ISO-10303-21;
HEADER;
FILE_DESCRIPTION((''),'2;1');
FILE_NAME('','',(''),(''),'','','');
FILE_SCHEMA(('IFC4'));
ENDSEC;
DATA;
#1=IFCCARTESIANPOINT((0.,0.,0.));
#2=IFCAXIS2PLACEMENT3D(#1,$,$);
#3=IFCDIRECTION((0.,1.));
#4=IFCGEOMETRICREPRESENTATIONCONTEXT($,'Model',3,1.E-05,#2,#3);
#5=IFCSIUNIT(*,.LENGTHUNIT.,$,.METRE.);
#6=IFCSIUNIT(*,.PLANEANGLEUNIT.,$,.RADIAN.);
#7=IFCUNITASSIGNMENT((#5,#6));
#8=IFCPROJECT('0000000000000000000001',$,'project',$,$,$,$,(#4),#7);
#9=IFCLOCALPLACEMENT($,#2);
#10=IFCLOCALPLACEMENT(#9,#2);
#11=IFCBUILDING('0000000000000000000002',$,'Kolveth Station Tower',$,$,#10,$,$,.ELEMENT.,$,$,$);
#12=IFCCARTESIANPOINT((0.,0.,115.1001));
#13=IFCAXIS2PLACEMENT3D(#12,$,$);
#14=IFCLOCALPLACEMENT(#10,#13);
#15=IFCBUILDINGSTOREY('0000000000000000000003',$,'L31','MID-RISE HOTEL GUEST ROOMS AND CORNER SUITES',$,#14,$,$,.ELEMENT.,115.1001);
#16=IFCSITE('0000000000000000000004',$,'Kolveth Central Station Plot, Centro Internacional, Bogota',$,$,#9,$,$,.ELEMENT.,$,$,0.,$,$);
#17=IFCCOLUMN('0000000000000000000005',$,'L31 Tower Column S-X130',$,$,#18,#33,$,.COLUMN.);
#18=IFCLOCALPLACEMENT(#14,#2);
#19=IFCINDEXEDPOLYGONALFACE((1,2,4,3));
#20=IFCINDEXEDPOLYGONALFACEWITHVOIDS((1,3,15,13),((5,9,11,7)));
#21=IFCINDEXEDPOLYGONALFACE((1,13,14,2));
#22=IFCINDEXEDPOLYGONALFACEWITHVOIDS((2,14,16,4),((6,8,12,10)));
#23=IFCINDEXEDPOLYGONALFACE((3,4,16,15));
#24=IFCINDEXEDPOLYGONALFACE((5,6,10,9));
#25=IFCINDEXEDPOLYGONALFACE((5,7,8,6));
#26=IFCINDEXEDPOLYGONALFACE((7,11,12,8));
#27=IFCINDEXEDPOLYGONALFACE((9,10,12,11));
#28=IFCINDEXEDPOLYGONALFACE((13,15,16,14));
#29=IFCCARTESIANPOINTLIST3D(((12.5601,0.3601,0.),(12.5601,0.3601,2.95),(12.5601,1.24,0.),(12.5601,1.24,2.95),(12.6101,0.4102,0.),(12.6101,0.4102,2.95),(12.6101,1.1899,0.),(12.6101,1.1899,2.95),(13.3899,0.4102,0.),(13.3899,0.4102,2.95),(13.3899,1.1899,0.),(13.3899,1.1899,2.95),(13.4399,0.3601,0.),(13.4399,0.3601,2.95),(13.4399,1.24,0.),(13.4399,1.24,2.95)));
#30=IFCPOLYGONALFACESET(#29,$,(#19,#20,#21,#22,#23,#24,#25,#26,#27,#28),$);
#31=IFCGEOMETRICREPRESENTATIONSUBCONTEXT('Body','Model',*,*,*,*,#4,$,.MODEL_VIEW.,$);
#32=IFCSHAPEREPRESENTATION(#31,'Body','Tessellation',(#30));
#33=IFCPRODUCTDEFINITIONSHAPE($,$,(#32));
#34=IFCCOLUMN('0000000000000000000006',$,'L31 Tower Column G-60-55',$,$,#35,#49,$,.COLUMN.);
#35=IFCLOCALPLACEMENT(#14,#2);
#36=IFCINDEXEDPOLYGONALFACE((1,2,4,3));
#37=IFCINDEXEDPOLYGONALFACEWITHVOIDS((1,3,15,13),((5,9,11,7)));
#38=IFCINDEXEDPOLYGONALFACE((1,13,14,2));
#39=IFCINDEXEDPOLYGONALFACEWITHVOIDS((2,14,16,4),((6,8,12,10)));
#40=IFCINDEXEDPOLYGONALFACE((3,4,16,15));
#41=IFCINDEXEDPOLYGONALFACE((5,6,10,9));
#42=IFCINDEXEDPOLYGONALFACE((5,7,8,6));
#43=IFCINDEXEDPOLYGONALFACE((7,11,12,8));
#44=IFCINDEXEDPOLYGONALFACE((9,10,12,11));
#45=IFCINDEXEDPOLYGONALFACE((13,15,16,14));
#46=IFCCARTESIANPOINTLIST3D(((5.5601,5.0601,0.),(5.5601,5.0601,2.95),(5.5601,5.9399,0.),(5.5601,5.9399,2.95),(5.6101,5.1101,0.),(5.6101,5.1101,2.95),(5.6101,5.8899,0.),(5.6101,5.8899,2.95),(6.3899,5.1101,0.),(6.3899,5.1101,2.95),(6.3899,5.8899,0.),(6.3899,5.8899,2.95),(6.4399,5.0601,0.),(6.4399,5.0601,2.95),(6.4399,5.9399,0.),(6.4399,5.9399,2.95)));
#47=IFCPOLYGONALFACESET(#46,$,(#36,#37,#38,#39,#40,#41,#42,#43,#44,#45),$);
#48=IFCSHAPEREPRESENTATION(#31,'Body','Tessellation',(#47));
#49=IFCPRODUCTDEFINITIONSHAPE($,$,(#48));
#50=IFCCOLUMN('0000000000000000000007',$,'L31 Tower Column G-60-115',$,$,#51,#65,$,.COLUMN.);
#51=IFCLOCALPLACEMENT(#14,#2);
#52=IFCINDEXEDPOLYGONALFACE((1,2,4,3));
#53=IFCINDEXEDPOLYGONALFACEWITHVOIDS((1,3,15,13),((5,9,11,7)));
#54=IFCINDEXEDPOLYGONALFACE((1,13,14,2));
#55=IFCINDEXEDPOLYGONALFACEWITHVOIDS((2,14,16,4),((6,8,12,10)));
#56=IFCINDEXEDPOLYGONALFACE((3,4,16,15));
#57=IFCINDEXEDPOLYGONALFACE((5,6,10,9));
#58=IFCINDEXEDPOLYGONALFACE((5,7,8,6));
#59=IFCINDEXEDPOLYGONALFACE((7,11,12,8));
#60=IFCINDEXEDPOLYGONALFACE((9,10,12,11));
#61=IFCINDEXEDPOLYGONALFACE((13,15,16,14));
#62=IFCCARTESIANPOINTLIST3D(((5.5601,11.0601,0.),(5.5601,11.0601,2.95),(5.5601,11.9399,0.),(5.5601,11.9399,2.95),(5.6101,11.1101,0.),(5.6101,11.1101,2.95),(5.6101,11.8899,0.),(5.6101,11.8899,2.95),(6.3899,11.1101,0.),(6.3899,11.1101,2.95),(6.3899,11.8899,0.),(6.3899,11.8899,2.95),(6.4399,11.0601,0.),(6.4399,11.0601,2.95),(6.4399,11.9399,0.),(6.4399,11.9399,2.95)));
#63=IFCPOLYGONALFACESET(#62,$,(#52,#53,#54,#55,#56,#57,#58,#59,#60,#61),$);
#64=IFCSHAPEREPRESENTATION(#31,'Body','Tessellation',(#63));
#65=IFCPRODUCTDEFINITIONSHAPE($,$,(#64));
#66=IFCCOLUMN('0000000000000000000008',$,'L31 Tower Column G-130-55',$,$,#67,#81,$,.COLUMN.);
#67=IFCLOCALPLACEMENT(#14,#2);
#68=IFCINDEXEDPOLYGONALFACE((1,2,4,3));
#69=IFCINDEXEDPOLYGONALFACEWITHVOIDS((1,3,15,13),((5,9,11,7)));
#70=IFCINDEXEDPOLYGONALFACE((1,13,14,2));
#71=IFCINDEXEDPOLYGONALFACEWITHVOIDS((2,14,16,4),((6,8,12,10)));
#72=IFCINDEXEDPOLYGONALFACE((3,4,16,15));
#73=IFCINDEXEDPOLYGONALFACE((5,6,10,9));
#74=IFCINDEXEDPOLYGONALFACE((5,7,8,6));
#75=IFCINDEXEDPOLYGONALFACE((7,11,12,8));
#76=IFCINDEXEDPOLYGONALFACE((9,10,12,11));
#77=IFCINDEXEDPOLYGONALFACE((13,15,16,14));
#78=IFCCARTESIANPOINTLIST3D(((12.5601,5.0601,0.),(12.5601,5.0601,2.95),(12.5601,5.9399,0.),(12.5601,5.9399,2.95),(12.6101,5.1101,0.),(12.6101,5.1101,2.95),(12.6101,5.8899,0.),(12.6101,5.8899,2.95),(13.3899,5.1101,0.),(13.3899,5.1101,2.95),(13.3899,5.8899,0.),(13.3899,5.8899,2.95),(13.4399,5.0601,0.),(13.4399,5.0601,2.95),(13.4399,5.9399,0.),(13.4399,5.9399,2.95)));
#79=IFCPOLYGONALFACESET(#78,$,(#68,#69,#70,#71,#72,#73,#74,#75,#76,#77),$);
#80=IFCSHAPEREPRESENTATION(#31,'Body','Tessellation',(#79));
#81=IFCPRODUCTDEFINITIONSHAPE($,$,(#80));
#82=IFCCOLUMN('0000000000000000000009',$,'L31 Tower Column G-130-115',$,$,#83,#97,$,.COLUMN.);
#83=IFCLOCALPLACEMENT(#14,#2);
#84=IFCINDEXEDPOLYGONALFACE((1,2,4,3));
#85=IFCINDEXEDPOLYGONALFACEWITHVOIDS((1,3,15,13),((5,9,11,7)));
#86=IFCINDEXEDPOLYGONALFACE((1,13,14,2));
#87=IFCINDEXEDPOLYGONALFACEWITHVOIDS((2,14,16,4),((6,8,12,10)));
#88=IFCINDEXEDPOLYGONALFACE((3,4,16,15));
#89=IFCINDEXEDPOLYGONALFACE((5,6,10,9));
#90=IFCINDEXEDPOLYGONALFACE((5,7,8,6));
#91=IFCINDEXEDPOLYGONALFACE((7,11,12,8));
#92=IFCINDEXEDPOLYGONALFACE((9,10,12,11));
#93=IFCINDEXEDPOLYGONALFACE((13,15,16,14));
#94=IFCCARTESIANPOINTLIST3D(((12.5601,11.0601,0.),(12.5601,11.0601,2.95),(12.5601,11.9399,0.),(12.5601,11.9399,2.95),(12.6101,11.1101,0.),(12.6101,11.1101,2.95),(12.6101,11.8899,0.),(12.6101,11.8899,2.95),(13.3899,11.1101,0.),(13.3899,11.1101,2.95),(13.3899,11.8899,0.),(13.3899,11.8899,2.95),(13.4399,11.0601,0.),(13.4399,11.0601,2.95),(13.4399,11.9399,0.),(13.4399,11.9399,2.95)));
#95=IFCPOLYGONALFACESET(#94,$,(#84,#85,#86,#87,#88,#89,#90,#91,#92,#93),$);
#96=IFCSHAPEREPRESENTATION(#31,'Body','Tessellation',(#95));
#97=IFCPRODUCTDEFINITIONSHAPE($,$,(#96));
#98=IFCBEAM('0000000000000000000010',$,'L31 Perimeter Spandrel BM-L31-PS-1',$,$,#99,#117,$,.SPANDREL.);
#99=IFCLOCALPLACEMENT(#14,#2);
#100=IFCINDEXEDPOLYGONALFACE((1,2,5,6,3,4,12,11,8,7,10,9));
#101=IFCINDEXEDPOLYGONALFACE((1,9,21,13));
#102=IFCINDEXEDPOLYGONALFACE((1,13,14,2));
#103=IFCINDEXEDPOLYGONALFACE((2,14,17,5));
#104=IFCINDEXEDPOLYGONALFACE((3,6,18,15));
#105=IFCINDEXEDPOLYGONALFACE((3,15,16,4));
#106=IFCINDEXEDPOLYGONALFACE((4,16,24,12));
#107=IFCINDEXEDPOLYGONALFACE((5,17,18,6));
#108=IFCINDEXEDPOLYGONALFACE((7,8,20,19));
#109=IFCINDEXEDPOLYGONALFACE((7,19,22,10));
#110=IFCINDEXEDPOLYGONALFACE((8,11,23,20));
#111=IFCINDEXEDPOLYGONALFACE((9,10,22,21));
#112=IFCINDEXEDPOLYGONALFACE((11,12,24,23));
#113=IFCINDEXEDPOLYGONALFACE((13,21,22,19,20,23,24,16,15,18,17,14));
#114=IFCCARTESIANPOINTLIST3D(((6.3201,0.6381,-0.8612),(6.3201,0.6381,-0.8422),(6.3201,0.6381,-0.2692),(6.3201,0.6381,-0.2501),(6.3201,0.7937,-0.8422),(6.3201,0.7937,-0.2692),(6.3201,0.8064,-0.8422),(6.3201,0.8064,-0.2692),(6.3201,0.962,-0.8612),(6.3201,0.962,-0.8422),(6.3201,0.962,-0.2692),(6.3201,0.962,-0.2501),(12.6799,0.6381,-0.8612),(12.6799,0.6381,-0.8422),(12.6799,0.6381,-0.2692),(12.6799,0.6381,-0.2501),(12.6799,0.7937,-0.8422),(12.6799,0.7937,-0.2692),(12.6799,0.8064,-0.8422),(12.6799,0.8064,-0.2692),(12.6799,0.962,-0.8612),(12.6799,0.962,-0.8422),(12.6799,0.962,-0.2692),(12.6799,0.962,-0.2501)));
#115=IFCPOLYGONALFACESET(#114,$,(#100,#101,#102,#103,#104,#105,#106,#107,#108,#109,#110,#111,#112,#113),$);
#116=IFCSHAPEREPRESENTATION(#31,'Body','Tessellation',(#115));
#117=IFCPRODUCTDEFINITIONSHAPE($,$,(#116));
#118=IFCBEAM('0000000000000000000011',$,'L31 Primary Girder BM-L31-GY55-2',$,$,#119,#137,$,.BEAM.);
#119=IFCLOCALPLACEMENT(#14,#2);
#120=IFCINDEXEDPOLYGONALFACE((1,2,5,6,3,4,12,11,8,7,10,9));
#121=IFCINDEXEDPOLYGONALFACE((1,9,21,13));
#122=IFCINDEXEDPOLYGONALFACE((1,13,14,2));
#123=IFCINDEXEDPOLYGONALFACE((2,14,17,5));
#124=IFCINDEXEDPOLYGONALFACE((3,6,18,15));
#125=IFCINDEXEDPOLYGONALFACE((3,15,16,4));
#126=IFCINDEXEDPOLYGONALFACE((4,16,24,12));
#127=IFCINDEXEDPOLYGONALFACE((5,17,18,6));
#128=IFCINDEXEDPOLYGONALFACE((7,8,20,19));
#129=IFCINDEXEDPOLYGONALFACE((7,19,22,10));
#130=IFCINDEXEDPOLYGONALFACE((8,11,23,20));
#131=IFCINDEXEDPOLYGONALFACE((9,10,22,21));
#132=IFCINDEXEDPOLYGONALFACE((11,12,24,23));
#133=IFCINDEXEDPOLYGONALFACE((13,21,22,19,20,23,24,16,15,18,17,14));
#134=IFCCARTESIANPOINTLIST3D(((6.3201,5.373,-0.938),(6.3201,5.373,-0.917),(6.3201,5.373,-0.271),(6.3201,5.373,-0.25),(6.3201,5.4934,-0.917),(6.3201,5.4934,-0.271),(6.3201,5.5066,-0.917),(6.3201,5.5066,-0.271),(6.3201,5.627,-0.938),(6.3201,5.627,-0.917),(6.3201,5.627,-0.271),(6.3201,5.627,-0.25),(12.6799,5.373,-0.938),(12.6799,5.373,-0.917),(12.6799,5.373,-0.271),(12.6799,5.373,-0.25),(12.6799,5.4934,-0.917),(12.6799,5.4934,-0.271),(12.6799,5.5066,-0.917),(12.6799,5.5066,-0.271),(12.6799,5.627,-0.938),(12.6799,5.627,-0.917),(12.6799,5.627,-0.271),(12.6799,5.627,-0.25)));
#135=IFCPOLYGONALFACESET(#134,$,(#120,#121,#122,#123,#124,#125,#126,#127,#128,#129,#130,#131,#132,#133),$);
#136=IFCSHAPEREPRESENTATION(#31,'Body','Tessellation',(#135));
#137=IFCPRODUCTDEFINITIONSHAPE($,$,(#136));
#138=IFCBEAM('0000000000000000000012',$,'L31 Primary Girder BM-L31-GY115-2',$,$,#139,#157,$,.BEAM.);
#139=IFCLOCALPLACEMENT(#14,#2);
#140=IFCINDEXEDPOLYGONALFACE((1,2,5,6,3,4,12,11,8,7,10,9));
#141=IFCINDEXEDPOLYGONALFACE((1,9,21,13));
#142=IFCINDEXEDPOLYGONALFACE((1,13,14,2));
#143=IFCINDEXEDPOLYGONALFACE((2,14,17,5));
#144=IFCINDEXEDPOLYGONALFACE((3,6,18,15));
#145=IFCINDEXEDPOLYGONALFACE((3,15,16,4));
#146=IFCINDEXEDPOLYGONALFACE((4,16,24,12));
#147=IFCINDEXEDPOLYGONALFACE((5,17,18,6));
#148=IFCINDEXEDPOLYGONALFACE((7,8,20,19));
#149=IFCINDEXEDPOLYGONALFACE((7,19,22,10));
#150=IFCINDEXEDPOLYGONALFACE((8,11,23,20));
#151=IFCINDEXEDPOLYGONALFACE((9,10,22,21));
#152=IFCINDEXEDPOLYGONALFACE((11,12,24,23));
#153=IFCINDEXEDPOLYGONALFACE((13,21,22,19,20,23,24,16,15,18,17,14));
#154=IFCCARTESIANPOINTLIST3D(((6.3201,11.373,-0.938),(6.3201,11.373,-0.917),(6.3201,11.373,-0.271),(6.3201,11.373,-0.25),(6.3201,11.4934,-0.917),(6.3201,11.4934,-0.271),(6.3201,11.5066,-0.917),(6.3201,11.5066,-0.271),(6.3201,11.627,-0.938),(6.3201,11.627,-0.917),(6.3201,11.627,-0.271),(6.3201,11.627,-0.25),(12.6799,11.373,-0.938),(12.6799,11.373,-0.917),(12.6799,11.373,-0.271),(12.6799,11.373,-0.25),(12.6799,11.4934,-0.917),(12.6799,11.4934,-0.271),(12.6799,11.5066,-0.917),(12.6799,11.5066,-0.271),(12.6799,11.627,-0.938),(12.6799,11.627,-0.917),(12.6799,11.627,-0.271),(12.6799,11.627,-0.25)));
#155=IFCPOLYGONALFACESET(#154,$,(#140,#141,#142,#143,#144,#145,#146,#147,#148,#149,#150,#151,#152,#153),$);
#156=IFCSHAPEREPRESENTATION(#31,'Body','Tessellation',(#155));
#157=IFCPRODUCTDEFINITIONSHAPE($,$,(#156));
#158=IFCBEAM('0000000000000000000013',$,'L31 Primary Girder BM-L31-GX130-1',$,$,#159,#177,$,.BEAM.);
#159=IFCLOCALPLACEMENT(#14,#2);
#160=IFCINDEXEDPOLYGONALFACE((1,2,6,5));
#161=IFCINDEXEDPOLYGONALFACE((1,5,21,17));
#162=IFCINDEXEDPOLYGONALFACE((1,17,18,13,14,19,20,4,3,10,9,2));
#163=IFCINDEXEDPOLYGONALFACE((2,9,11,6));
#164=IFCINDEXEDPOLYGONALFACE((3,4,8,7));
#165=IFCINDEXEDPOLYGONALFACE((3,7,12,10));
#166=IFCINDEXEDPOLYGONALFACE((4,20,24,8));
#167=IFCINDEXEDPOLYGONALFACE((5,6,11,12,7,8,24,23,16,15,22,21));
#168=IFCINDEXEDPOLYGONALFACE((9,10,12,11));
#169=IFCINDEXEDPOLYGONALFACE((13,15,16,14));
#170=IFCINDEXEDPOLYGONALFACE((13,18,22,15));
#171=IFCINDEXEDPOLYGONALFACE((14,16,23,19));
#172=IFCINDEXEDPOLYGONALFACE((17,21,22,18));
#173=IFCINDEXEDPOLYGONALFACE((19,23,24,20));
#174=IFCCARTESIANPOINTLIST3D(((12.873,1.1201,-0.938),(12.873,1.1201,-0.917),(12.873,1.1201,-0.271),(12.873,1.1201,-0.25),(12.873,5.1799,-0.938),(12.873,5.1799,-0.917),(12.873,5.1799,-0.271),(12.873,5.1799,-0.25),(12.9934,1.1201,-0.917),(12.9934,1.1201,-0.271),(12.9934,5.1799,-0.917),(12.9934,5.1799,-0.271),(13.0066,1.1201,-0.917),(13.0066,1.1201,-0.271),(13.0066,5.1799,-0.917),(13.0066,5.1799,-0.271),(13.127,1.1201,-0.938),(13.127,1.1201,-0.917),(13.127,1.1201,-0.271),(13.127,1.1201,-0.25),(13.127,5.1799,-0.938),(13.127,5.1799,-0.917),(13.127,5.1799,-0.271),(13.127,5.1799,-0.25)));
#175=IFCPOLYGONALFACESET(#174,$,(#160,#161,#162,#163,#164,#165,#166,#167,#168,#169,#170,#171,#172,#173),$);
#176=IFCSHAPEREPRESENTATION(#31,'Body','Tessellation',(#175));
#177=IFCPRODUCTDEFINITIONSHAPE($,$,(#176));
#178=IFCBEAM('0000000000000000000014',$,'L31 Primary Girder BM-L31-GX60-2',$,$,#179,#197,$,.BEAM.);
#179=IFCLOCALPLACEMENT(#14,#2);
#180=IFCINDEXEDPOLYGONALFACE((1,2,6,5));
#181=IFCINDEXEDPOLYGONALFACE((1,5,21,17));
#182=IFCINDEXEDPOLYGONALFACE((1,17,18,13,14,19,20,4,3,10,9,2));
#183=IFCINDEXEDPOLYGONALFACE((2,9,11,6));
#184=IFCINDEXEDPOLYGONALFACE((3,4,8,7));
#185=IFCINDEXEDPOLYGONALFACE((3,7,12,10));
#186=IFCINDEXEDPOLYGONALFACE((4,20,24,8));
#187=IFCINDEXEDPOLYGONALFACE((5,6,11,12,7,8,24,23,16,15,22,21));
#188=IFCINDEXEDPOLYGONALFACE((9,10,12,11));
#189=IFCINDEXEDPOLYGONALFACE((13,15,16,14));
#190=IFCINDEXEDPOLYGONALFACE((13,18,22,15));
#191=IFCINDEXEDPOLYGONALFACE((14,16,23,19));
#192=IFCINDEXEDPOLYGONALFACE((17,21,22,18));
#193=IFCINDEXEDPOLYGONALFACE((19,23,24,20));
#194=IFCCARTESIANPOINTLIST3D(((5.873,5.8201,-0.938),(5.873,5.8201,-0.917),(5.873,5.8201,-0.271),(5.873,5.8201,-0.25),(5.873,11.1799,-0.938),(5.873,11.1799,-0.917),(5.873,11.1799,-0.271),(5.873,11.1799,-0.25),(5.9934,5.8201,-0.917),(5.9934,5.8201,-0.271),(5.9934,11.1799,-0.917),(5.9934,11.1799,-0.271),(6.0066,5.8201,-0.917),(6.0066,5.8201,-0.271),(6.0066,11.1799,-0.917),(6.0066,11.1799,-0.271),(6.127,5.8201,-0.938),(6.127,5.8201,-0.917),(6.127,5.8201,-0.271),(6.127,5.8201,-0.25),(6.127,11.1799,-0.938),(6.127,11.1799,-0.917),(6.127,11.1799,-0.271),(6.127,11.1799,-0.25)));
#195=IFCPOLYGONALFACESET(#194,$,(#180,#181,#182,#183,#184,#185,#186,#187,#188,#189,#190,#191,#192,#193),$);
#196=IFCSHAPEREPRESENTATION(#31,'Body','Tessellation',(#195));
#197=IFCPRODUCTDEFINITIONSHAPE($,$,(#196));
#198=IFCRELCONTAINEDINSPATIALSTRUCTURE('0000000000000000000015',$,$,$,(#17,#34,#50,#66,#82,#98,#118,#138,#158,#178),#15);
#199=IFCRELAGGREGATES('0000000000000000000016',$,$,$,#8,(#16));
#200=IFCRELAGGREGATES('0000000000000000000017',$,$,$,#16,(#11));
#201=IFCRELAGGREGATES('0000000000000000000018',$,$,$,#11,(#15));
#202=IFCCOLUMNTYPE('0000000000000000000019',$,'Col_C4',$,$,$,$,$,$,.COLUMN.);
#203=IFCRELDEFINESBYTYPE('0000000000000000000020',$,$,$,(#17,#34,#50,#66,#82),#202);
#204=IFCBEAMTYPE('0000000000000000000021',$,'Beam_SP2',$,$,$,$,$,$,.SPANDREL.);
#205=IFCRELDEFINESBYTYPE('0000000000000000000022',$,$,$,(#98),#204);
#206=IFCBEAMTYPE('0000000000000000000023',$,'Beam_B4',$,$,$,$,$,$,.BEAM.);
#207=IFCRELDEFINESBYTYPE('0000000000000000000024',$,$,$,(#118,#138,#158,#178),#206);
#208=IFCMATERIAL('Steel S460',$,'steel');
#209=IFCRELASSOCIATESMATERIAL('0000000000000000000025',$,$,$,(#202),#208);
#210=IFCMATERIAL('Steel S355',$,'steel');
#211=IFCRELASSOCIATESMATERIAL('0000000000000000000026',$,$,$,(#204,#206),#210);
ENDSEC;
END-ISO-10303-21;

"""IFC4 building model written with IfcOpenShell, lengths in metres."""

from ifc_helpers import new_model, si_unit, direction, frame, origin, origin_2d, place, context, subcontext, project, spatial, hollow_rectangle, i_section, extrude, source, transform, mapped, material, material_profile, profile_set, type_object, element, save


model = new_model("IFC4")

# Units and contexts
model_context = context("Model", 3, precision=1e-05, world=origin(), true_north=direction((0.0, 1.0)))
body_context = subcontext(model_context, "Body", "Model", "MODEL_VIEW")
ifc_project = project(units=[si_unit("LENGTHUNIT", "METRE"), si_unit("PLANEANGLEUNIT", "RADIAN")], contexts=[model_context])

# Site, building, storey
site_placement = place(None, origin())
site = spatial("IfcSite", under=ifc_project, at=site_placement, Name="Kolveth Central Station Plot, Centro Internacional, Bogota", CompositionType="ELEMENT", RefElevation=0.0)
building_placement = place(site_placement, origin())
building = spatial("IfcBuilding", under=site, at=building_placement, Name="Kolveth Station Tower", CompositionType="ELEMENT")
storey_placement = place(building_placement, frame((0.0, 0.0, 115.1001)))
storey = spatial("IfcBuildingStorey", under=building, at=storey_placement, Name="L31", Description="MID-RISE HOTEL GUEST ROOMS AND CORNER SUITES", CompositionType="ELEMENT", Elevation=115.1001)

# Columns
ifc_material_1 = material(Name="Steel S460", Category="steel")
ifc_material_profile_1 = material_profile(ifc_material_1, hollow_rectangle(XDim=0.8799, YDim=0.8799, WallThickness=0.05, at=origin_2d()), Name="BOX880x880x50")
ifc_profile_set_1 = profile_set([ifc_material_profile_1], Name="Steel S460")
column_type = type_object("IfcColumnType", Name="Col_C4", PredefinedType="COLUMN", material=ifc_profile_set_1)
shared_shape_1 = source(origin(), body_context, "Body", "SweptSolid", [
    extrude(hollow_rectangle(XDim=0.8799, YDim=0.8799, WallThickness=0.05, at=origin_2d()), origin(), (0.0, 0.0, 1.0), 2.95),
])
for number, where, z_axis, x_axis, name in (
    (1, (13.0, 0.8, 0.0), (0.0, 0.0, 1.0), (1.0, 0.0, 0.0), "L31 Tower Column S-X130"),
    (2, (6.0, 5.5, 0.0), (0.0, 0.0, 1.0), (1.0, 0.0, 0.0), "L31 Tower Column G-60-55"),
    (3, (6.0, 11.5, 0.0), (0.0, 0.0, 1.0), (1.0, 0.0, 0.0), "L31 Tower Column G-60-115"),
    (4, (13.0, 5.5, 0.0), (0.0, 0.0, 1.0), (1.0, 0.0, 0.0), "L31 Tower Column G-130-55"),
    (5, (13.0, 11.5, 0.0), (0.0, 0.0, 1.0), (1.0, 0.0, 0.0), "L31 Tower Column G-130-115"),
):
    element("IfcColumn", number, at=place(storey_placement, frame(where, z_axis=z_axis, x_axis=x_axis)), inside=storey, type_object=column_type, Name=name, PredefinedType="COLUMN", context=body_context, shape_type="MappedRepresentation", body=[
        mapped(shared_shape_1, transform((0.0, 0.0, 0.0), x_axis=(1.0, 0.0, 0.0), y_axis=(0.0, 1.0, 0.0), z_axis=(0.0, 0.0, 1.0), scale=1.0)),
    ])

# Beams
ifc_material_2 = material(Name="Steel S355", Category="steel")
ifc_material_profile_2 = material_profile(ifc_material_2, i_section(OverallWidth=0.324, OverallDepth=0.6111, WebThickness=0.0127, FlangeThickness=0.019, at=origin_2d()), Name="W610x155")
ifc_profile_set_2 = profile_set([ifc_material_profile_2], Name="Steel S355")
beam_type_1 = type_object("IfcBeamType", Name="Beam_SP2", PredefinedType="SPANDREL", material=ifc_profile_set_2)
shared_shape_2 = source(origin(), body_context, "Body", "SweptSolid", [
    extrude(i_section(OverallWidth=0.324, OverallDepth=0.6111, WebThickness=0.0127, FlangeThickness=0.019, at=origin_2d()), origin(), (0.0, 0.0, 1.0), 6.3599),
])
beam_1_placement = place(storey_placement, frame((6.3201, 0.8, -0.5557), z_axis=(1.0, 0.0, 0.0), x_axis=(0.0, 1.0, 0.0)))
element("IfcBeam", 6, at=beam_1_placement, inside=storey, type_object=beam_type_1, Name="L31 Perimeter Spandrel BM-L31-PS-1", PredefinedType="SPANDREL", context=body_context, shape_type="MappedRepresentation", body=[
    mapped(shared_shape_2, transform((0.0, 0.0, 0.0), x_axis=(1.0, 0.0, 0.0), y_axis=(0.0, 1.0, 0.0), z_axis=(0.0, 0.0, 1.0), scale=1.0)),
])
ifc_material_profile_3 = material_profile(ifc_material_2, i_section(OverallWidth=0.2539, OverallDepth=0.688, WebThickness=0.0132, FlangeThickness=0.021, at=origin_2d()), Name="W690x152")
ifc_profile_set_3 = profile_set([ifc_material_profile_3], Name="Steel S355")
beam_type_2 = type_object("IfcBeamType", Name="Beam_B4", PredefinedType="BEAM", material=ifc_profile_set_3)
shared_shape_3 = source(origin(), body_context, "Body", "SweptSolid", [
    extrude(i_section(OverallWidth=0.2539, OverallDepth=0.688, WebThickness=0.0132, FlangeThickness=0.021, at=origin_2d()), origin(), (0.0, 0.0, 1.0), 6.3599),
])
for number, where, z_axis, x_axis, name in (
    (7, (6.3201, 5.5, -0.594), (1.0, 0.0, 0.0), (0.0, 1.0, 0.0), "L31 Primary Girder BM-L31-GY55-2"),
    (8, (6.3201, 11.5, -0.594), (1.0, 0.0, 0.0), (0.0, 1.0, 0.0), "L31 Primary Girder BM-L31-GY115-2"),
):
    element("IfcBeam", number, at=place(storey_placement, frame(where, z_axis=z_axis, x_axis=x_axis)), inside=storey, type_object=beam_type_2, Name=name, PredefinedType="BEAM", context=body_context, shape_type="MappedRepresentation", body=[
        mapped(shared_shape_3, transform((0.0, 0.0, 0.0), x_axis=(1.0, 0.0, 0.0), y_axis=(0.0, 1.0, 0.0), z_axis=(0.0, 0.0, 1.0), scale=1.0)),
    ])
shared_shape_4 = source(origin(), body_context, "Body", "SweptSolid", [
    extrude(i_section(OverallWidth=0.2539, OverallDepth=0.688, WebThickness=0.0132, FlangeThickness=0.021, at=origin_2d()), origin(), (0.0, 0.0, 1.0), 4.0598),
])
beam_2_placement = place(storey_placement, frame((13.0, 1.1201, -0.594), z_axis=(0.0, 1.0, 0.0), x_axis=(-1.0, 0.0, 0.0)))
element("IfcBeam", 9, at=beam_2_placement, inside=storey, type_object=beam_type_2, Name="L31 Primary Girder BM-L31-GX130-1", PredefinedType="BEAM", context=body_context, shape_type="MappedRepresentation", body=[
    mapped(shared_shape_4, transform((0.0, 0.0, 0.0), x_axis=(1.0, 0.0, 0.0), y_axis=(0.0, 1.0, 0.0), z_axis=(0.0, 0.0, 1.0), scale=1.0)),
])
shared_shape_5 = source(origin(), body_context, "Body", "SweptSolid", [
    extrude(i_section(OverallWidth=0.2539, OverallDepth=0.688, WebThickness=0.0132, FlangeThickness=0.021, at=origin_2d()), origin(), (0.0, 0.0, 1.0), 5.3599),
])
for number, where, z_axis, x_axis, name in (
    (10, (6.0, 5.8201, -0.594), (0.0, 1.0, 0.0), (-1.0, 0.0, 0.0), "L31 Primary Girder BM-L31-GX60-2"),
):
    element("IfcBeam", number, at=place(storey_placement, frame(where, z_axis=z_axis, x_axis=x_axis)), inside=storey, type_object=beam_type_2, Name=name, PredefinedType="BEAM", context=body_context, shape_type="MappedRepresentation", body=[
        mapped(shared_shape_5, transform((0.0, 0.0, 0.0), x_axis=(1.0, 0.0, 0.0), y_axis=(0.0, 1.0, 0.0), z_axis=(0.0, 0.0, 1.0), scale=1.0)),
    ])

save(model, "model.ifc")
